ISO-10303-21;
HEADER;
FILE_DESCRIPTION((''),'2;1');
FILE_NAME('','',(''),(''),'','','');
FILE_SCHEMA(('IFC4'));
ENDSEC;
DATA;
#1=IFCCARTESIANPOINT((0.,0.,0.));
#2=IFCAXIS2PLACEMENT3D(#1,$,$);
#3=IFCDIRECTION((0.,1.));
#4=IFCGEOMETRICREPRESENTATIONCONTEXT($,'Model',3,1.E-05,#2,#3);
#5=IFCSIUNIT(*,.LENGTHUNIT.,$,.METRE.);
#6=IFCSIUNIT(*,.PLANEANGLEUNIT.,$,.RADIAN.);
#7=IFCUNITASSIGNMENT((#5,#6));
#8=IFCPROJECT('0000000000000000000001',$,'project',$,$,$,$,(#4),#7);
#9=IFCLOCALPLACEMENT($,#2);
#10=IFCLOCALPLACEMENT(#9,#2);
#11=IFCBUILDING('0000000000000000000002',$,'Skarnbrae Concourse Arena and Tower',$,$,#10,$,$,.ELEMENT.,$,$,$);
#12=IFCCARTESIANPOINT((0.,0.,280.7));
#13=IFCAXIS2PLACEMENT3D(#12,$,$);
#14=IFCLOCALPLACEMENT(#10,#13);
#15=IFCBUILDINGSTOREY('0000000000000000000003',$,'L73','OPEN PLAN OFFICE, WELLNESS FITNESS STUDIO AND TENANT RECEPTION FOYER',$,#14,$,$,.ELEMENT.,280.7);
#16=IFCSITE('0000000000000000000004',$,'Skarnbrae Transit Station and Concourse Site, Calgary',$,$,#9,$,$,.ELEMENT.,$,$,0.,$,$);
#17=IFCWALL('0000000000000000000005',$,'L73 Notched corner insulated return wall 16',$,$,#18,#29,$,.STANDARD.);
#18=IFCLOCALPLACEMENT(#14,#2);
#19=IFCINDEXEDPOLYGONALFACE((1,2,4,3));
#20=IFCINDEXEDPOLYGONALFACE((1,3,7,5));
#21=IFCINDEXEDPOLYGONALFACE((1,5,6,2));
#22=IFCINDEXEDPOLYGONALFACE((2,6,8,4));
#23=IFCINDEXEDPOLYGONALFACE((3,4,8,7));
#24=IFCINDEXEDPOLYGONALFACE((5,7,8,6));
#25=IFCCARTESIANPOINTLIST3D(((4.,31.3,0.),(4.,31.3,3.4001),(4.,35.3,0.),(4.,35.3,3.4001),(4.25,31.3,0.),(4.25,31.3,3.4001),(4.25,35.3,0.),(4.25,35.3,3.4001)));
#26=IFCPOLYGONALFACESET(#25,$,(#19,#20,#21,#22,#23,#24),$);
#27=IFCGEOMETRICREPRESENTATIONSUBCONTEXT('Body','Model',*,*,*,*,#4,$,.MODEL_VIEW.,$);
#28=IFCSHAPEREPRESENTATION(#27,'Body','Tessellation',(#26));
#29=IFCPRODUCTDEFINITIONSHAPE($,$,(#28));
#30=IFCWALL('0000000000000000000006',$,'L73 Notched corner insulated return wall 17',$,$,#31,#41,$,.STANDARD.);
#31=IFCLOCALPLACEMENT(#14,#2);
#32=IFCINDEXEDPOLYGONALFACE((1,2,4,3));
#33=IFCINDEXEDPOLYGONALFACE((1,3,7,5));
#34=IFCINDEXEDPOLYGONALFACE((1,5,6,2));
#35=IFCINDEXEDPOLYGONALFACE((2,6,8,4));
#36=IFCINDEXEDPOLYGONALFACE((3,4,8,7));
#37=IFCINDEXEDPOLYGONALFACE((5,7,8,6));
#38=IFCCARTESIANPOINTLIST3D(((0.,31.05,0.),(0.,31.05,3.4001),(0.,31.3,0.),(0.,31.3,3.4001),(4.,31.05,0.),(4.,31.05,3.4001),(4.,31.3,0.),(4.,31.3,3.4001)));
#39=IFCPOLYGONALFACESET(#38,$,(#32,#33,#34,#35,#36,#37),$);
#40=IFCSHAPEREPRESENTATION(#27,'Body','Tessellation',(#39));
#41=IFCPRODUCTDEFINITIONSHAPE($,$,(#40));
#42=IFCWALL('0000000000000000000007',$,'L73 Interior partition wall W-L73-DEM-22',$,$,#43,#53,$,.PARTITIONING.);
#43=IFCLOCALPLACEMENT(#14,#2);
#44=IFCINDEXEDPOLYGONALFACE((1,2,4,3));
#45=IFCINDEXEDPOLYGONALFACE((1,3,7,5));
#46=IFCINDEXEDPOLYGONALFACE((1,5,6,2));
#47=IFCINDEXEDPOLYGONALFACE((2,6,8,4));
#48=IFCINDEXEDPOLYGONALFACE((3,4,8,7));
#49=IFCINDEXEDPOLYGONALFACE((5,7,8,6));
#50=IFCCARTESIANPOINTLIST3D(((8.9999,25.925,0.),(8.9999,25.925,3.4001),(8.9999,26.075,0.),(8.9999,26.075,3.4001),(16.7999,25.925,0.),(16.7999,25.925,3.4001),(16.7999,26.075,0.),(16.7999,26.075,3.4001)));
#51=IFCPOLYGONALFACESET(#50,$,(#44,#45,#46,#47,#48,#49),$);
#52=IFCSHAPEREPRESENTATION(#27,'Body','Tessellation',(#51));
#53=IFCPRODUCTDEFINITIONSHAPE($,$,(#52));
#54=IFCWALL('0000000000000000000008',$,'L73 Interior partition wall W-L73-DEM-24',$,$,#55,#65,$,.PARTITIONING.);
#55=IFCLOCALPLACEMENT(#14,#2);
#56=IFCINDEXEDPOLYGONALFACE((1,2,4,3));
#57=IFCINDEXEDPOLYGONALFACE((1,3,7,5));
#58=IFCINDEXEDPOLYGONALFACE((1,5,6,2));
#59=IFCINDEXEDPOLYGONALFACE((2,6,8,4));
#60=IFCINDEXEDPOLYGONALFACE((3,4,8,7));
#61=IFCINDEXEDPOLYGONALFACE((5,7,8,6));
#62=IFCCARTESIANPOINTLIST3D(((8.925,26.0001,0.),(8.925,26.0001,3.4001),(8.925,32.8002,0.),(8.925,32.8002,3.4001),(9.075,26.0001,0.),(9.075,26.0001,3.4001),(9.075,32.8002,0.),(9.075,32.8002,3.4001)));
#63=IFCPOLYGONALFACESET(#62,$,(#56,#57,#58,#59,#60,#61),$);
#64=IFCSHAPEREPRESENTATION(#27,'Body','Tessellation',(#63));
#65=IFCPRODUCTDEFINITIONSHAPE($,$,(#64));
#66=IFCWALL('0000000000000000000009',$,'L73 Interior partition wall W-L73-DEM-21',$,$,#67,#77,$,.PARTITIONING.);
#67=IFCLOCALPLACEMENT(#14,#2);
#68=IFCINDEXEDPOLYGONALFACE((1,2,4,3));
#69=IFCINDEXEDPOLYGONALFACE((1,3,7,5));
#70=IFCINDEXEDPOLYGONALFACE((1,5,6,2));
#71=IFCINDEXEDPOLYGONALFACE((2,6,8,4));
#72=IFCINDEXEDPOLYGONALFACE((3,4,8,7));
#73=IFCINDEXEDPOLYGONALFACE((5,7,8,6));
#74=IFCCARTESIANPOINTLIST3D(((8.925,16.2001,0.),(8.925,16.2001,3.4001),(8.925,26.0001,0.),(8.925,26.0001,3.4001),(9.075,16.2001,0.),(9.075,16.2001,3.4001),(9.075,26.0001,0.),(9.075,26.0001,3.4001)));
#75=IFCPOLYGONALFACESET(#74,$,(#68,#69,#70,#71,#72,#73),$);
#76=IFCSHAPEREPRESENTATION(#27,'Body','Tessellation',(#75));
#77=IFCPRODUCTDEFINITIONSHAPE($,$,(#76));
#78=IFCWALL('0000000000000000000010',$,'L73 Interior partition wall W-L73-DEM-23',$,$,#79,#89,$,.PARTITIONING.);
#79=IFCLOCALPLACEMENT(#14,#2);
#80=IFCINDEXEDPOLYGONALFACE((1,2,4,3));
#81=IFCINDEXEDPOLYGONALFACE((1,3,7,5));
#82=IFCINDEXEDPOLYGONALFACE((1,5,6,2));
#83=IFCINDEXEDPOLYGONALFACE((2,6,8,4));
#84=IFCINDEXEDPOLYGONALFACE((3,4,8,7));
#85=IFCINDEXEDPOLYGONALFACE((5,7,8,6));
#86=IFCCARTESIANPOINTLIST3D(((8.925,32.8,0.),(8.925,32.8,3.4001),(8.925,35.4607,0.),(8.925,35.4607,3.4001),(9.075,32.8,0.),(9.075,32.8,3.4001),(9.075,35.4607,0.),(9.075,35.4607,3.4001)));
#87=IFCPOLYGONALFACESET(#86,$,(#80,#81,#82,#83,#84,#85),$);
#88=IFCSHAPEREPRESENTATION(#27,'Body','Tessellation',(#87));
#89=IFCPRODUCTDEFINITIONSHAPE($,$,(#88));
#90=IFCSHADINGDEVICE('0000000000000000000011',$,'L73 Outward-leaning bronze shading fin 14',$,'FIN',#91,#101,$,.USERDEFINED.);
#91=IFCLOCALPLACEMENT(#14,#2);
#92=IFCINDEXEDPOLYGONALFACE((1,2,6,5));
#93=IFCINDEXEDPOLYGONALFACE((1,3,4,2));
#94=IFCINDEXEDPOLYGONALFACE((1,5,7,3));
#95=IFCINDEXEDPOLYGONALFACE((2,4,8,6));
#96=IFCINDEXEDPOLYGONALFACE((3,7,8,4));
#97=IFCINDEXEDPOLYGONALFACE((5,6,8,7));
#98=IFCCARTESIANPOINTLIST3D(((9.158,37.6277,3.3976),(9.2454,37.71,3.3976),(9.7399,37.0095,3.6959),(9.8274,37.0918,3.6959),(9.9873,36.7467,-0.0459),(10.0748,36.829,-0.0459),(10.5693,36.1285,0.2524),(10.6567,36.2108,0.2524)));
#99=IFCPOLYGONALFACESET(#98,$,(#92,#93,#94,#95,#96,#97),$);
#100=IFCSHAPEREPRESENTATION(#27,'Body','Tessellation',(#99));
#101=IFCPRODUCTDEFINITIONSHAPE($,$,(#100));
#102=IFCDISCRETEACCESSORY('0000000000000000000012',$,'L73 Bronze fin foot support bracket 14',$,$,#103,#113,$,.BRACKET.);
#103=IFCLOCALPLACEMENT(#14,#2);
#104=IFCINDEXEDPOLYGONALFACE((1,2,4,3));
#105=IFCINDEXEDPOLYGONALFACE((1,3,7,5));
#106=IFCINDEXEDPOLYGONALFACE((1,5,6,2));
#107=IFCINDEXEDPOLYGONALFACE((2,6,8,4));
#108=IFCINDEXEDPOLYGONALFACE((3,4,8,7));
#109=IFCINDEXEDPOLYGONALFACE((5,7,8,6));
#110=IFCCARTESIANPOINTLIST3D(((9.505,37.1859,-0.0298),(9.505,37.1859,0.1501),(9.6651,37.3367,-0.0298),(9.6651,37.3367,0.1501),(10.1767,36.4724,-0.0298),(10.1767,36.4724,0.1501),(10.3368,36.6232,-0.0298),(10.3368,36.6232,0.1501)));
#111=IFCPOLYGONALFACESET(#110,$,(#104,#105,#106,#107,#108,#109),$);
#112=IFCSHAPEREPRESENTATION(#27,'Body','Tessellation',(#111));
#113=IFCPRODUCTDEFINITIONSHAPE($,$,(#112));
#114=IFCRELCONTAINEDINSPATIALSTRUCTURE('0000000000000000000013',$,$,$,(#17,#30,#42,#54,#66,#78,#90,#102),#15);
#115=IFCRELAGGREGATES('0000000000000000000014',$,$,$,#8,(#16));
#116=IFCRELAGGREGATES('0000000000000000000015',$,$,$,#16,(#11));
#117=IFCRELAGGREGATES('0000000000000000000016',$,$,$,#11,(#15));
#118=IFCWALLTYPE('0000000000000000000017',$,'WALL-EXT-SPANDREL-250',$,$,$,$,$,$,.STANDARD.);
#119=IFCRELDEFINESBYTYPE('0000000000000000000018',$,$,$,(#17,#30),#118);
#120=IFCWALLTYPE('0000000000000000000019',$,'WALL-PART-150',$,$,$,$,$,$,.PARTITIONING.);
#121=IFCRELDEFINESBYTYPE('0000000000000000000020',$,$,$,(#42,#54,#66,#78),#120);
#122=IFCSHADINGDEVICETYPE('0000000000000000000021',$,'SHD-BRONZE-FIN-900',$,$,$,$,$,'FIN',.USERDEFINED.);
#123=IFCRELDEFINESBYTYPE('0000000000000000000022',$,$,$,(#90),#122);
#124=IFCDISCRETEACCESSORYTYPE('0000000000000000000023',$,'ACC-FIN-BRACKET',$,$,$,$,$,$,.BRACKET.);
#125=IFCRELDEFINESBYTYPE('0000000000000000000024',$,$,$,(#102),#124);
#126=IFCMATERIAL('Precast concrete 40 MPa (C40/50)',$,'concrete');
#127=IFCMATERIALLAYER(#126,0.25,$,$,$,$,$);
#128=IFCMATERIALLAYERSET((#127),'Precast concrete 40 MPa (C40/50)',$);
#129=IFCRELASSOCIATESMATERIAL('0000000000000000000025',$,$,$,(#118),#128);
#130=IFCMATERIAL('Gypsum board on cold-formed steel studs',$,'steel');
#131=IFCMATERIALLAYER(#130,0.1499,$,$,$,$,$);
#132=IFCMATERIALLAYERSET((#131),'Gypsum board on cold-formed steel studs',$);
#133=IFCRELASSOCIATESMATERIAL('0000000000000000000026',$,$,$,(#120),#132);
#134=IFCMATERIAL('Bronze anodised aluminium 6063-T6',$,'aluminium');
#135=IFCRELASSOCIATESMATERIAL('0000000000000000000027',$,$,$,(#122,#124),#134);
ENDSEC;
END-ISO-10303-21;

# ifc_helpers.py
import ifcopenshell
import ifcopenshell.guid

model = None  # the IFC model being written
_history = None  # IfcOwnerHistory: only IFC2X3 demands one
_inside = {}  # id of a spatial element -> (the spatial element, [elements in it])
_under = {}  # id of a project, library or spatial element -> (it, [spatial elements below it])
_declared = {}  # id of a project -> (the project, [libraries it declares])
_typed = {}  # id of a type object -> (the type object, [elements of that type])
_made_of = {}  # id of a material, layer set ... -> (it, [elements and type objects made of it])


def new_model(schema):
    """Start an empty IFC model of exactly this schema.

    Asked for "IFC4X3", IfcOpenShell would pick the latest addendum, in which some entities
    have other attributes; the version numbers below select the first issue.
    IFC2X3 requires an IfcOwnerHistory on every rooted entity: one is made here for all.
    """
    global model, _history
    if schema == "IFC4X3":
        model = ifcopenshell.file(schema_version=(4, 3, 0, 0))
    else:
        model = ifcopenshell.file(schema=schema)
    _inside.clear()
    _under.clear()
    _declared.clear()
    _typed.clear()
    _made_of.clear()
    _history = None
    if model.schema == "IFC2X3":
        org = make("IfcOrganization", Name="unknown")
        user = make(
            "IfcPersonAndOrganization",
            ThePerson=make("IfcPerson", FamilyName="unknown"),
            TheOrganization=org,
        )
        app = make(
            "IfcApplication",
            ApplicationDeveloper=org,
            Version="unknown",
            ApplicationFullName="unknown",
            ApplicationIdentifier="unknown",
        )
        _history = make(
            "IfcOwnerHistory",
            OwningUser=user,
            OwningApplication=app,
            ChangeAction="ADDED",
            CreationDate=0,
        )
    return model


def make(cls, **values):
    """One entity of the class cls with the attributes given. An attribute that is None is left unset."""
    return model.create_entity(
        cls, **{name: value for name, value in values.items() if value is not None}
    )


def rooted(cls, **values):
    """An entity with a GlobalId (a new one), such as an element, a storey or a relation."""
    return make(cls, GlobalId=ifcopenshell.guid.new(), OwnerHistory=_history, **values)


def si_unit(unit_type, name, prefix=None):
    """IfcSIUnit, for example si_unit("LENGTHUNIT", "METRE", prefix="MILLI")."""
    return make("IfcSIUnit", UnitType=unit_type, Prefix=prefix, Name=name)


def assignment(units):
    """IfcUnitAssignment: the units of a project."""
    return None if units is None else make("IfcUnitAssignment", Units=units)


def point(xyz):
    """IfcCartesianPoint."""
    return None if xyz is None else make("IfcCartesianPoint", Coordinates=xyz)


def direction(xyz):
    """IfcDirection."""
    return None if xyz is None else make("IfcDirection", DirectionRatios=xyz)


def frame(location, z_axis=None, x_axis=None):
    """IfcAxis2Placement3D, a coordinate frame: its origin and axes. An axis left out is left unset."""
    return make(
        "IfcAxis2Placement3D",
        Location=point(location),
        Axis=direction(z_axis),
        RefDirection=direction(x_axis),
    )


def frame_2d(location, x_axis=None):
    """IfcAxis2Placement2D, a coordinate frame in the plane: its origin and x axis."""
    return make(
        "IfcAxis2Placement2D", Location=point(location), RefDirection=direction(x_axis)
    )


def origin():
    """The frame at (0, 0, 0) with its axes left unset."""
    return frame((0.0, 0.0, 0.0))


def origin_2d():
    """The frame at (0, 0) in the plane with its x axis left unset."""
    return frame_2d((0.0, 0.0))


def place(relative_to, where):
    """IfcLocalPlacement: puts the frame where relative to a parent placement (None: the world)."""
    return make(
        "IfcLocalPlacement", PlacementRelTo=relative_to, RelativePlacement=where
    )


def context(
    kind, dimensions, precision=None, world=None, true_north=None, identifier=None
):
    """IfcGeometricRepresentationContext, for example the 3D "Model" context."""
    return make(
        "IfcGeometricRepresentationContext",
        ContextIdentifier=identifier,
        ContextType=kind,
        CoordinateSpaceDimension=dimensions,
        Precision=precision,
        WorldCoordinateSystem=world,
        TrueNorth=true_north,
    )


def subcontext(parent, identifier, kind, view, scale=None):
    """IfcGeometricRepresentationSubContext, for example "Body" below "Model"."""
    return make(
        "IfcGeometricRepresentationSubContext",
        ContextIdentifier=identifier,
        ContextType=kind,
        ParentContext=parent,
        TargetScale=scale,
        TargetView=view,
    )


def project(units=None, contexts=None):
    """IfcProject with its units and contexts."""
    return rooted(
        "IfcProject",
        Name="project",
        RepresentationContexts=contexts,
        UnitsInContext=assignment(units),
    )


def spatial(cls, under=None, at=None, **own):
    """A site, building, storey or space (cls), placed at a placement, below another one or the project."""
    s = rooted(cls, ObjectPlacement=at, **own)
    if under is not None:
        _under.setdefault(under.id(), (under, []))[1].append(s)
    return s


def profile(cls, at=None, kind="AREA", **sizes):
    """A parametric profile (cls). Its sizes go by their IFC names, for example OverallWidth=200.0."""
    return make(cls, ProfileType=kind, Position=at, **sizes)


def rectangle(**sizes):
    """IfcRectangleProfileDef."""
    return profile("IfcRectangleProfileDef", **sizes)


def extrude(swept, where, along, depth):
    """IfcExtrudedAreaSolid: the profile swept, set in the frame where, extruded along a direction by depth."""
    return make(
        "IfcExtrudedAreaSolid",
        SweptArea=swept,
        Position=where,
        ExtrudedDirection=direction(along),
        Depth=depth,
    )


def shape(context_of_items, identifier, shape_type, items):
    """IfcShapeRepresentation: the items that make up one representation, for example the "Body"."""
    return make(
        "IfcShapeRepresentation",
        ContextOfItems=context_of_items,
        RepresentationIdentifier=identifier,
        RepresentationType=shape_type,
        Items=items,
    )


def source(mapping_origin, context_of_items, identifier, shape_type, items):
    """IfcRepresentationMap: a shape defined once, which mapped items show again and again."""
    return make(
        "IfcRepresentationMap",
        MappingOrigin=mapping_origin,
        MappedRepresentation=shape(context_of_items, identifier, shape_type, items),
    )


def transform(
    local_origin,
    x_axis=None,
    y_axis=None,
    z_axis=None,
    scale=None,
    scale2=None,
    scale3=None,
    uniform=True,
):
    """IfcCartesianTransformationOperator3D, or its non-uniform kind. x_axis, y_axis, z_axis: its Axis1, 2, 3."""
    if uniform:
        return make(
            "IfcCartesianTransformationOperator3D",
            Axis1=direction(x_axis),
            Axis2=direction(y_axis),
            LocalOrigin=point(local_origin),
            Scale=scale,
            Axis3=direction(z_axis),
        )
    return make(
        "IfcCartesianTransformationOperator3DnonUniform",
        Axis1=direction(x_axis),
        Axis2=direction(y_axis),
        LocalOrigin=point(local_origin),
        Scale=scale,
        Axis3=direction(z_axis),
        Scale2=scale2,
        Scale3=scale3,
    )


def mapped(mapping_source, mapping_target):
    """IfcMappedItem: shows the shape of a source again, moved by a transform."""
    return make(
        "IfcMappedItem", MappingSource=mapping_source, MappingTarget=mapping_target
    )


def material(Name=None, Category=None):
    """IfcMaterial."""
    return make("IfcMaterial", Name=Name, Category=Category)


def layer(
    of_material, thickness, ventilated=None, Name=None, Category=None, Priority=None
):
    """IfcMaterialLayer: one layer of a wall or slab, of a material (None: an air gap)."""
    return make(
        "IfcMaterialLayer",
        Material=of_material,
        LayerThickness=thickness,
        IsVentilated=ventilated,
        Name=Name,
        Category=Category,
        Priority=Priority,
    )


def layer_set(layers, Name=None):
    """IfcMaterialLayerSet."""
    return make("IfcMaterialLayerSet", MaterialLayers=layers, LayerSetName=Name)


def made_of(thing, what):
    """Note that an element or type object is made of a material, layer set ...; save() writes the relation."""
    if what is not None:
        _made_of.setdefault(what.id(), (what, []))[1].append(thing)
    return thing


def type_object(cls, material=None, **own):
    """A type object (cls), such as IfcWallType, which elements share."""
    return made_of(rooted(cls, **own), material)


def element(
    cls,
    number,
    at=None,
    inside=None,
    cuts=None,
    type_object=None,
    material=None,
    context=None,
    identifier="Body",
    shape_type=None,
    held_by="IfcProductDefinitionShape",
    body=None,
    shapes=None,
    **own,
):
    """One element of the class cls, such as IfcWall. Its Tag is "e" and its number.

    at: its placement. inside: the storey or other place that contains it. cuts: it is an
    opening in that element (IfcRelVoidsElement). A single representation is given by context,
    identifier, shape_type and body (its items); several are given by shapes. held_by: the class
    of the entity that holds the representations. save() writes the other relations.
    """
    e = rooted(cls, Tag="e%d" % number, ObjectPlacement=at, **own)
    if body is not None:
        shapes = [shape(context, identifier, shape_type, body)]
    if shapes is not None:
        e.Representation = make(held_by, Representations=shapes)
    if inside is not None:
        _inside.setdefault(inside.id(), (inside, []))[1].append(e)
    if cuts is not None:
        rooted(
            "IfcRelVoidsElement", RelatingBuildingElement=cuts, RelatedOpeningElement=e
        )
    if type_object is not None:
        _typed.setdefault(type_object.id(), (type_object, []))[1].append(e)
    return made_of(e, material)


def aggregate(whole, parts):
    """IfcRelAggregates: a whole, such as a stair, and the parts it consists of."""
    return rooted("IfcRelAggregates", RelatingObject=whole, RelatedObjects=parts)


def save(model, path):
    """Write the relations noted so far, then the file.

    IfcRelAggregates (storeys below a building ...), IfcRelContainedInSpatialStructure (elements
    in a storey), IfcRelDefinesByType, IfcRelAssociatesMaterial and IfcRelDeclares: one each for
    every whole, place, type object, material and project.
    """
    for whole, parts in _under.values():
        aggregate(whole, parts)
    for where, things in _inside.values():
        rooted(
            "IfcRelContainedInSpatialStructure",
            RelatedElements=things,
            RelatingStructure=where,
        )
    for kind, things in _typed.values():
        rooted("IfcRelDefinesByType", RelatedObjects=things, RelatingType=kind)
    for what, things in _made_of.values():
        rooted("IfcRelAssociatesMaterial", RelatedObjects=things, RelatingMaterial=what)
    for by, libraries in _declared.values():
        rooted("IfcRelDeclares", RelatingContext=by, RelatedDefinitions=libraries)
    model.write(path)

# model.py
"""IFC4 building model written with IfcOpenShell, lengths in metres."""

from ifc_helpers import new_model, si_unit, direction, frame, frame_2d, origin, origin_2d, place, context, subcontext, project, spatial, rectangle, extrude, source, transform, mapped, material, layer, layer_set, type_object, element, save


model = new_model("IFC4")

# Units and contexts
model_context = context("Model", 3, precision=1e-05, world=origin(), true_north=direction((0.0, 1.0)))
body_context = subcontext(model_context, "Body", "Model", "MODEL_VIEW")
ifc_project = project(units=[si_unit("LENGTHUNIT", "METRE"), si_unit("PLANEANGLEUNIT", "RADIAN")], contexts=[model_context])

# Site, building, storey
site_placement = place(None, origin())
site = spatial("IfcSite", under=ifc_project, at=site_placement, Name="Skarnbrae Transit Station and Concourse Site, Calgary", CompositionType="ELEMENT", RefElevation=0.0)
building_placement = place(site_placement, origin())
building = spatial("IfcBuilding", under=site, at=building_placement, Name="Skarnbrae Concourse Arena and Tower", CompositionType="ELEMENT")
storey_placement = place(building_placement, frame((0.0, 0.0, 280.7)))
storey = spatial("IfcBuildingStorey", under=building, at=storey_placement, Name="L73", Description="OPEN PLAN OFFICE, WELLNESS FITNESS STUDIO AND TENANT RECEPTION FOYER", CompositionType="ELEMENT", Elevation=280.7)

# Shared definitions
ifc_material_1 = material(Name="Bronze anodised aluminium 6063-T6", Category="aluminium")

# Walls
ifc_material_2 = material(Name="Precast concrete 40 MPa (C40/50)", Category="concrete")
ifc_layer_1 = layer(ifc_material_2, 0.25)
ifc_layer_set_1 = layer_set([ifc_layer_1], Name="Precast concrete 40 MPa (C40/50)")
wall_type_1 = type_object("IfcWallType", Name="WALL-EXT-SPANDREL-250", PredefinedType="STANDARD", material=ifc_layer_set_1)
shared_shape_1 = source(origin(), body_context, "Body", "SweptSolid", [
    extrude(rectangle(XDim=4.0, YDim=0.25, at=frame_2d((2.0, 0.0))), origin(), (0.0, 0.0, 1.0), 3.4001),
])
for number, where, z_axis, x_axis, name in (
    (1, (4.125, 35.3, 0.0), (0.0, 0.0, 1.0), (0.0, -1.0, 0.0), "L73 Notched corner insulated return wall 16"),
    (2, (4.0, 31.175, 0.0), (0.0, 0.0, 1.0), (-1.0, 0.0, 0.0), "L73 Notched corner insulated return wall 17"),
):
    element("IfcWall", number, at=place(storey_placement, frame(where, z_axis=z_axis, x_axis=x_axis)), inside=storey, type_object=wall_type_1, Name=name, PredefinedType="STANDARD", context=body_context, shape_type="MappedRepresentation", body=[
        mapped(shared_shape_1, transform((0.0, 0.0, 0.0))),
    ])
ifc_material_3 = material(Name="Gypsum board on cold-formed steel studs", Category="steel")
ifc_layer_2 = layer(ifc_material_3, 0.1499)
ifc_layer_set_2 = layer_set([ifc_layer_2], Name="Gypsum board on cold-formed steel studs")
wall_type_2 = type_object("IfcWallType", Name="WALL-PART-150", PredefinedType="PARTITIONING", material=ifc_layer_set_2)
shared_shape_2 = source(origin(), body_context, "Body", "SweptSolid", [
    extrude(rectangle(XDim=7.8, YDim=0.1499, at=frame_2d((3.8999, 0.0))), origin(), (0.0, 0.0, 1.0), 3.4001),
])
wall_1_placement = place(storey_placement, frame((9.0, 26.0, 0.0), z_axis=(0.0, 0.0, 1.0), x_axis=(1.0, 0.0, 0.0)))
element("IfcWall", 3, at=wall_1_placement, inside=storey, type_object=wall_type_2, Name="L73 Interior partition wall W-L73-DEM-22", PredefinedType="PARTITIONING", context=body_context, shape_type="MappedRepresentation", body=[
    mapped(shared_shape_2, transform((0.0, 0.0, 0.0))),
])
shared_shape_3 = source(origin(), body_context, "Body", "SweptSolid", [
    extrude(rectangle(XDim=6.8, YDim=0.1499, at=frame_2d((3.3999, 0.0))), origin(), (0.0, 0.0, 1.0), 3.4001),
])
wall_2_placement = place(storey_placement, frame((9.0, 32.8, 0.0), z_axis=(0.0, 0.0, 1.0), x_axis=(0.0, -1.0, 0.0)))
element("IfcWall", 4, at=wall_2_placement, inside=storey, type_object=wall_type_2, Name="L73 Interior partition wall W-L73-DEM-24", PredefinedType="PARTITIONING", context=body_context, shape_type="MappedRepresentation", body=[
    mapped(shared_shape_3, transform((0.0, 0.0, 0.0))),
])
shared_shape_4 = source(origin(), body_context, "Body", "SweptSolid", [
    extrude(rectangle(XDim=9.8, YDim=0.1499, at=frame_2d((4.8999, 0.0))), origin(), (0.0, 0.0, 1.0), 3.4001),
])
wall_3_placement = place(storey_placement, frame((9.0, 26.0, 0.0), z_axis=(0.0, 0.0, 1.0), x_axis=(0.0, -1.0, 0.0)))
element("IfcWall", 5, at=wall_3_placement, inside=storey, type_object=wall_type_2, Name="L73 Interior partition wall W-L73-DEM-21", PredefinedType="PARTITIONING", context=body_context, shape_type="MappedRepresentation", body=[
    mapped(shared_shape_4, transform((0.0, 0.0, 0.0))),
])
shared_shape_5 = source(origin(), body_context, "Body", "SweptSolid", [
    extrude(rectangle(XDim=2.6606, YDim=0.1499, at=frame_2d((1.3303, 0.0))), origin(), (0.0, 0.0, 1.0), 3.4001),
])
wall_4_placement = place(storey_placement, frame((9.0, 35.4607, 0.0), z_axis=(0.0, 0.0, 1.0), x_axis=(0.0, -1.0, 0.0)))
element("IfcWall", 6, at=wall_4_placement, inside=storey, type_object=wall_type_2, Name="L73 Interior partition wall W-L73-DEM-23", PredefinedType="PARTITIONING", context=body_context, shape_type="MappedRepresentation", body=[
    mapped(shared_shape_5, transform((0.0, 0.0, 0.0))),
])

# Shading device
shading_device_type = type_object("IfcShadingDeviceType", Name="SHD-BRONZE-FIN-900", ElementType="FIN", PredefinedType="USERDEFINED", material=ifc_material_1)
shared_shape_6 = source(origin(), body_context, "Body", "SweptSolid", [
    extrude(rectangle(XDim=0.1201, YDim=0.8999, at=origin_2d()), origin(), (0.0, 0.0, 1.0), 3.6499),
])
shading_device_placement = place(storey_placement, frame((10.322, 36.4788, 0.1033), z_axis=(-0.227224, 0.241378, 0.943454), x_axis=(0.728132, 0.685437, 0.0)))
element("IfcShadingDevice", 7, at=shading_device_placement, inside=storey, type_object=shading_device_type, Name="L73 Outward-leaning bronze shading fin 14", ObjectType="FIN", PredefinedType="USERDEFINED", context=body_context, shape_type="MappedRepresentation", body=[
    mapped(shared_shape_6, transform((0.0, 0.0, 0.0))),
])

# Discrete accessory
discrete_accessory_type = type_object("IfcDiscreteAccessoryType", Name="ACC-FIN-BRACKET", PredefinedType="BRACKET", material=ifc_material_1)
shared_shape_7 = source(origin(), body_context, "Body", "SweptSolid", [
    extrude(rectangle(XDim=0.22, YDim=0.98, at=origin_2d()), origin(), (0.0, 0.0, 1.0), 0.1799),
])
discrete_accessory_placement = place(storey_placement, frame((9.9209, 36.9045, -0.0298), z_axis=(0.0, 0.0, 1.0), x_axis=(0.728132, 0.685437, 0.0)))
element("IfcDiscreteAccessory", 8, at=discrete_accessory_placement, inside=storey, type_object=discrete_accessory_type, Name="L73 Bronze fin foot support bracket 14", PredefinedType="BRACKET", context=body_context, shape_type="MappedRepresentation", body=[
    mapped(shared_shape_7, transform((0.0, 0.0, 0.0))),
])

save(model, "model.ifc")
